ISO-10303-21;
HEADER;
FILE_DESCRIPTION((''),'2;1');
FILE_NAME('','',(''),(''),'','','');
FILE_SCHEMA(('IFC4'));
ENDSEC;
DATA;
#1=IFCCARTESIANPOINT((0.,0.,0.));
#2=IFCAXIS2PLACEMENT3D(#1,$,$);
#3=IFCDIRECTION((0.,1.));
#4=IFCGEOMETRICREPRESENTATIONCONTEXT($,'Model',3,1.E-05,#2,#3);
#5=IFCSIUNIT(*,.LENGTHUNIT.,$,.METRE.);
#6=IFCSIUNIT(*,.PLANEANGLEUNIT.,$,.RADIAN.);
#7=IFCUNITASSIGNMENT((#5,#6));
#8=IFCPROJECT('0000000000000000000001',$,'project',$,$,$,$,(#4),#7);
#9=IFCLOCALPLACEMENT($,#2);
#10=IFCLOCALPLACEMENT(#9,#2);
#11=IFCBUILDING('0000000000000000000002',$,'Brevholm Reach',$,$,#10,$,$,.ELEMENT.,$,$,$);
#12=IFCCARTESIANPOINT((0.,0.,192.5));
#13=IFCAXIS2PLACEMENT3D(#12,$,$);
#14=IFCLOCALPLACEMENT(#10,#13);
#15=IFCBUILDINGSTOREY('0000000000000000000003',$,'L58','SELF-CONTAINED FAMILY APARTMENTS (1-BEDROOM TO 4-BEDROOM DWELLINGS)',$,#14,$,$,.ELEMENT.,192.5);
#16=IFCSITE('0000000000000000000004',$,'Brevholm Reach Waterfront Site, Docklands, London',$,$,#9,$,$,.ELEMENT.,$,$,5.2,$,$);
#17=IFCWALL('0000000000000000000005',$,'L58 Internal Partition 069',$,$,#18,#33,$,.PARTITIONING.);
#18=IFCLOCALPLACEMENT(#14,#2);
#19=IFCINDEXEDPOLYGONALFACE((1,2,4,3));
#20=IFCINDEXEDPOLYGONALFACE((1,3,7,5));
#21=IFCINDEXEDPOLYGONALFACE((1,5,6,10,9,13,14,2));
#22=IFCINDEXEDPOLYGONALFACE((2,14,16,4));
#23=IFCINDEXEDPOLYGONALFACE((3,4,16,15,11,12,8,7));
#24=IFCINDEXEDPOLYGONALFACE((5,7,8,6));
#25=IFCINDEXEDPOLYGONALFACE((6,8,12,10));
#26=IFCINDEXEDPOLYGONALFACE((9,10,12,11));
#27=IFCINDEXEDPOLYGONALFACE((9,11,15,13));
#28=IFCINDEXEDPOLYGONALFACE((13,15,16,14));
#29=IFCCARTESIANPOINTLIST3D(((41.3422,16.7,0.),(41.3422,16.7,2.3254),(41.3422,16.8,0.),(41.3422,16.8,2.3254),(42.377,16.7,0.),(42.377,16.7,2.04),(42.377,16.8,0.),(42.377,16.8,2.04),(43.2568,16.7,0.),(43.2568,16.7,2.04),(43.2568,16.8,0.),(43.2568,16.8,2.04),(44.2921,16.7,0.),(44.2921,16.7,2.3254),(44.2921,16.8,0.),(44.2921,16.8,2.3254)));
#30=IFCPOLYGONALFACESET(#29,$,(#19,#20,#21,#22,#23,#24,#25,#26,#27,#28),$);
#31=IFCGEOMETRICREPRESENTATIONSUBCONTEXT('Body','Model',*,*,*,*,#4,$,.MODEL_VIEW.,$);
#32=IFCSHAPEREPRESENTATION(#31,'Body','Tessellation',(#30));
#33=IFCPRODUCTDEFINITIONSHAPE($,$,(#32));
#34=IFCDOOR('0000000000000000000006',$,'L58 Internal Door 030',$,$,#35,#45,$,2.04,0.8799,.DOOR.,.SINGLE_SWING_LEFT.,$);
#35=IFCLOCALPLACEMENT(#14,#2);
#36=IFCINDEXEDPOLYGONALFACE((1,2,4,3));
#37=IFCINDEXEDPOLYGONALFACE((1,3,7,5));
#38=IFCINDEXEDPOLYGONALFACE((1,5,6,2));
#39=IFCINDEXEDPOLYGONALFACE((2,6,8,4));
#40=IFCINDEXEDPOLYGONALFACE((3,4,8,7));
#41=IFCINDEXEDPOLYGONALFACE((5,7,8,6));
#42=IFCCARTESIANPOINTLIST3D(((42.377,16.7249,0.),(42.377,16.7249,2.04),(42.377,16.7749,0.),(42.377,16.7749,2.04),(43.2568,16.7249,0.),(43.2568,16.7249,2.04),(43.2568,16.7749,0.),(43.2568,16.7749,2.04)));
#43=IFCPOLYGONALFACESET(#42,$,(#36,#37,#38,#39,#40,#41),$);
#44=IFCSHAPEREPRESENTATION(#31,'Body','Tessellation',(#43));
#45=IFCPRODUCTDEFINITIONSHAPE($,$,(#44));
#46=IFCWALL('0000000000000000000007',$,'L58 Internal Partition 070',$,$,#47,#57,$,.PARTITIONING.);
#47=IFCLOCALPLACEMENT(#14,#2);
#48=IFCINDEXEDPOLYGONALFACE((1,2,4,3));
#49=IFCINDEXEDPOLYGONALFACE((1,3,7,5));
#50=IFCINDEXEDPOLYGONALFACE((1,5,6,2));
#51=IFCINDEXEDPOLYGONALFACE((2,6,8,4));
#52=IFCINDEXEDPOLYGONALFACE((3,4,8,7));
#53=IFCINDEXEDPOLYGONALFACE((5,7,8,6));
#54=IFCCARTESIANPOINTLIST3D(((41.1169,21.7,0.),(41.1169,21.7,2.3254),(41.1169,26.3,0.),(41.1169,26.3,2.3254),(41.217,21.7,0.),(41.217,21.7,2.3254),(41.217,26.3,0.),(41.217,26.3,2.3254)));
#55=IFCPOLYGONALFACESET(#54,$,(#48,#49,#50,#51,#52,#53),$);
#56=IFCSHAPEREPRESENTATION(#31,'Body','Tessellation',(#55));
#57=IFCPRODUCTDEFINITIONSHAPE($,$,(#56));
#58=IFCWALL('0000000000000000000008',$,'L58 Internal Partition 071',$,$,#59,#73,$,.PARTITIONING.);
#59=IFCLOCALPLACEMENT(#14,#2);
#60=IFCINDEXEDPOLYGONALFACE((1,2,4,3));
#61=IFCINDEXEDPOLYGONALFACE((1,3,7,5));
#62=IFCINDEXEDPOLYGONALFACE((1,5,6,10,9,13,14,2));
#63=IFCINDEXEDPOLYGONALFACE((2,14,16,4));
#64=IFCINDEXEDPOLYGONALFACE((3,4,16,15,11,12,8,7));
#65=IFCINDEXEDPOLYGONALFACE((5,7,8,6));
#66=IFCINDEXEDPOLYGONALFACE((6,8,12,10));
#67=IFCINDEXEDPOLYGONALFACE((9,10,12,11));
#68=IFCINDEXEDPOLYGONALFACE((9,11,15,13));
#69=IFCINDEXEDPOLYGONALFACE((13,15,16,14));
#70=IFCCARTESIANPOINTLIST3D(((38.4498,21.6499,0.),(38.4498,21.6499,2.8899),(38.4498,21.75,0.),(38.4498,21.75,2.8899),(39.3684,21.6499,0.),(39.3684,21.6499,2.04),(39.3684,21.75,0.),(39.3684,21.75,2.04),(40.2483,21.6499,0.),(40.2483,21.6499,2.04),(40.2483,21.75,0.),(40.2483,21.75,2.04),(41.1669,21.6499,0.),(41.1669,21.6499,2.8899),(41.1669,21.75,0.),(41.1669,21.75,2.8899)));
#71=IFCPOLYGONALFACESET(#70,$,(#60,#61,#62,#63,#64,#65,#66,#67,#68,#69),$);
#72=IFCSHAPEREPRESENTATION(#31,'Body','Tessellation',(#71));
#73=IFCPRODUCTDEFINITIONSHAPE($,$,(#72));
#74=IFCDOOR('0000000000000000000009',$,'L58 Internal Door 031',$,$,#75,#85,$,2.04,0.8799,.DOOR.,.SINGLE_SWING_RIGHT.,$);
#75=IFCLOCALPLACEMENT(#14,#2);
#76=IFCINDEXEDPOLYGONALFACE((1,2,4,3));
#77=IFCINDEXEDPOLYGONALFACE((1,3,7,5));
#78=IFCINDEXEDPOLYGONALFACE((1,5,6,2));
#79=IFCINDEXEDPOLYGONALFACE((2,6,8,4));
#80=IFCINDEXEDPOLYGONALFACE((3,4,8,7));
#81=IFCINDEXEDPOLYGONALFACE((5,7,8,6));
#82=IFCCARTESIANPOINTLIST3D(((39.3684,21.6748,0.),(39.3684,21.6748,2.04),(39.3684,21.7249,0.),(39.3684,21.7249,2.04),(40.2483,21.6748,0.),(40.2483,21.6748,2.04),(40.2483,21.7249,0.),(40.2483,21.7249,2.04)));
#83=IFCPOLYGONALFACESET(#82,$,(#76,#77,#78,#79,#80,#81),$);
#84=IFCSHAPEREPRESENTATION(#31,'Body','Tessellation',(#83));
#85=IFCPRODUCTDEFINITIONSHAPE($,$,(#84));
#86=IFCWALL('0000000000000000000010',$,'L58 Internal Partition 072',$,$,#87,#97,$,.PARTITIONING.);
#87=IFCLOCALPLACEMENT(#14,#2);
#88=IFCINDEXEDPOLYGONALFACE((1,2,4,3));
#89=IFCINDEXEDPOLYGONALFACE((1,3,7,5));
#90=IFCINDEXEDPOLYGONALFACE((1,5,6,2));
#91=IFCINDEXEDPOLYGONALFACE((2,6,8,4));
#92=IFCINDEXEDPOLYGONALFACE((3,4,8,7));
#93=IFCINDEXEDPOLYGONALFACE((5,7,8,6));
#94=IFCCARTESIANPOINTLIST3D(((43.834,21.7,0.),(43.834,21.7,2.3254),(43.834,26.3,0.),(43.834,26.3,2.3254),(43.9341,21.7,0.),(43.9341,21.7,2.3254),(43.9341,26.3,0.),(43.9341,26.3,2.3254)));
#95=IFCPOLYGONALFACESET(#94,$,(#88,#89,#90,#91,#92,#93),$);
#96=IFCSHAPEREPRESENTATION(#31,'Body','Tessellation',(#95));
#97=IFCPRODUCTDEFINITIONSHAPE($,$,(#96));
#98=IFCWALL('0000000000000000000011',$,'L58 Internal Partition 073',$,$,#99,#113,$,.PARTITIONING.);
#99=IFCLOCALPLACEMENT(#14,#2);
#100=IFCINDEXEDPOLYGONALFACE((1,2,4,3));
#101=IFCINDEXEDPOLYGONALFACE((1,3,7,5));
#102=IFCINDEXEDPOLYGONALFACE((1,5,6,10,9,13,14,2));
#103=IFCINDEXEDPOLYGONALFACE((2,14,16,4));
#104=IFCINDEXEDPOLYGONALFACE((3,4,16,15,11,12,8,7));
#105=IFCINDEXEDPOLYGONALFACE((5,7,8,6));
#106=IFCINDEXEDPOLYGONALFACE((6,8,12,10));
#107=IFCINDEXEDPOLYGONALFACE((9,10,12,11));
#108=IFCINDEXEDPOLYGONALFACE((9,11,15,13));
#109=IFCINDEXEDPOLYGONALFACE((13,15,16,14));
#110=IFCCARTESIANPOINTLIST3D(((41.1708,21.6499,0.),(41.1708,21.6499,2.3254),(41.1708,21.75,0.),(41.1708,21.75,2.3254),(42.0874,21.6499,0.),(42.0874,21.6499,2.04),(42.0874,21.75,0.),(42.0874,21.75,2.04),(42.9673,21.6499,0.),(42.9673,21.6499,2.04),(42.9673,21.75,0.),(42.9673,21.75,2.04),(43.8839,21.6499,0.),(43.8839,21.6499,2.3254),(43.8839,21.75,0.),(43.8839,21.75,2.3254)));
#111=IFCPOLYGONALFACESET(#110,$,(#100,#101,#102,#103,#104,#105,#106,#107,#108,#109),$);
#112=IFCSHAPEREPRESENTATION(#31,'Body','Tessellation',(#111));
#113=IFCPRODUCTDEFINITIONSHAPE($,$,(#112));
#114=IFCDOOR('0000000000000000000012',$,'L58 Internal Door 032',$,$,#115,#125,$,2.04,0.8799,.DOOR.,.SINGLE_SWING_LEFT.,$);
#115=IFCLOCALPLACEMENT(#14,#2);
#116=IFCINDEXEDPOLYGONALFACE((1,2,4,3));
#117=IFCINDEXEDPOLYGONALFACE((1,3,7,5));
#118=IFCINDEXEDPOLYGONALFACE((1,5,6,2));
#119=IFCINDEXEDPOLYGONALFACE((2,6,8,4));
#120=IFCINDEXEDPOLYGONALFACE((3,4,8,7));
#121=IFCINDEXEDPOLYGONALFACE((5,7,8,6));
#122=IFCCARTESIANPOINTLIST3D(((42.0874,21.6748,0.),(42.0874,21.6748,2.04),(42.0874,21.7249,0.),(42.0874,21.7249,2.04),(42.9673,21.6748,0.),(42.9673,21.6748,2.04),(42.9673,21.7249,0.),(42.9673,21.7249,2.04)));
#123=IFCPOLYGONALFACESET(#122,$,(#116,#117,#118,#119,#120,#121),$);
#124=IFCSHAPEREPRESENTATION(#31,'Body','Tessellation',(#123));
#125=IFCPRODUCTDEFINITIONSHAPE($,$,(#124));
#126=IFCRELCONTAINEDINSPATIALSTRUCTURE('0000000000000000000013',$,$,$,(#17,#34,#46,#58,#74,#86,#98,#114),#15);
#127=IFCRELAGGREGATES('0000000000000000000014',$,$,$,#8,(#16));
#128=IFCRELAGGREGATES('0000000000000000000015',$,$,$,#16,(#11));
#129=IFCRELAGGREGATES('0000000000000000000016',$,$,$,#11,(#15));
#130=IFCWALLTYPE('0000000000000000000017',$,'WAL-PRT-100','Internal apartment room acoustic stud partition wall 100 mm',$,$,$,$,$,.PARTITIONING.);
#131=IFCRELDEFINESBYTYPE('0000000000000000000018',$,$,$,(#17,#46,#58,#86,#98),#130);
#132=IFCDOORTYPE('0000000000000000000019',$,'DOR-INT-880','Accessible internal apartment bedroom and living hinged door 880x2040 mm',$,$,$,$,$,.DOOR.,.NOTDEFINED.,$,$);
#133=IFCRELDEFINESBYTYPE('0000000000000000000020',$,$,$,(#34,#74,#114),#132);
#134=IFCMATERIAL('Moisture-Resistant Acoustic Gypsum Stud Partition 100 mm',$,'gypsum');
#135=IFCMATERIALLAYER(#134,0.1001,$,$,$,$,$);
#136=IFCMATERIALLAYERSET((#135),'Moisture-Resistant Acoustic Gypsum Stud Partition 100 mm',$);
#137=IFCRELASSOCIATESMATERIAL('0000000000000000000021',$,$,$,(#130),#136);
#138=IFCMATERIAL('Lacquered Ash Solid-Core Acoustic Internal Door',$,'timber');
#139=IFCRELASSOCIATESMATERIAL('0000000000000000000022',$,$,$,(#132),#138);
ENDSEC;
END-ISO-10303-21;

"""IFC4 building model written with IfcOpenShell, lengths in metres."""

from ifc_helpers import new_model, si_unit, direction, frame, frame_2d, origin, place, context, subcontext, project, spatial, rectangle, extrude, material, layer, layer_set, type_object, element, fill, save


model = new_model("IFC4")

# Units and contexts
model_context = context("Model", 3, precision=1e-05, world=origin(), true_north=direction((0.0, 1.0)))
body_context = subcontext(model_context, "Body", "Model", "MODEL_VIEW")
ifc_project = project(units=[si_unit("LENGTHUNIT", "METRE"), si_unit("PLANEANGLEUNIT", "RADIAN")], contexts=[model_context])

# Site, building, storey
site_placement = place(None, origin())
site = spatial("IfcSite", under=ifc_project, at=site_placement, Name="Brevholm Reach Waterfront Site, Docklands, London", CompositionType="ELEMENT", RefElevation=5.2)
building_placement = place(site_placement, origin())
building = spatial("IfcBuilding", under=site, at=building_placement, Name="Brevholm Reach", CompositionType="ELEMENT")
storey_placement = place(building_placement, frame((0.0, 0.0, 192.5)))
storey = spatial("IfcBuildingStorey", under=building, at=storey_placement, Name="L58", Description="SELF-CONTAINED FAMILY APARTMENTS (1-BEDROOM TO 4-BEDROOM DWELLINGS)", CompositionType="ELEMENT", Elevation=192.5)

# Wall, opening, door
ifc_material_1 = material(Name="Moisture-Resistant Acoustic Gypsum Stud Partition 100 mm", Category="gypsum")
ifc_layer = layer(ifc_material_1, 0.1001)
ifc_layer_set = layer_set([ifc_layer], Name="Moisture-Resistant Acoustic Gypsum Stud Partition 100 mm")
wall_type = type_object("IfcWallType", Name="WAL-PRT-100", Description="Internal apartment room acoustic stud partition wall 100 mm", PredefinedType="PARTITIONING", material=ifc_layer_set)
wall_1_placement = place(storey_placement, frame((41.342, 16.75, 0.0), z_axis=(0.0, 0.0, 1.0), x_axis=(1.0, 0.0, 0.0)))
wall_1 = element("IfcWall", 1, at=wall_1_placement, inside=storey, type_object=wall_type, Name="L58 Internal Partition 069", PredefinedType="PARTITIONING", context=body_context, shape_type="SweptSolid", body=[
    extrude(rectangle(XDim=2.95, YDim=0.1001, at=frame_2d((1.4751, 0.0))), origin(), (0.0, 0.0, 1.0), 2.3254),
])
opening_1_placement = place(wall_1_placement, frame((1.0349, 0.0, 0.0)))
opening_1 = element("IfcOpeningElement", 2, at=opening_1_placement, cuts=wall_1, PredefinedType="OPENING", context=body_context, shape_type="SweptSolid", body=[
    extrude(rectangle(XDim=0.8799, YDim=2.04, at=frame_2d((0.4399, 1.02))), frame((0.0, 0.0601, 0.0), z_axis=(0.0, -1.0, 0.0), x_axis=(1.0, 0.0, 0.0)), (0.0, 0.0, 1.0), 0.1201),
])
ifc_material_2 = material(Name="Lacquered Ash Solid-Core Acoustic Internal Door", Category="timber")
door_type_1 = type_object("IfcDoorType", Name="DOR-INT-880", Description="Accessible internal apartment bedroom and living hinged door 880x2040 mm", OperationType="NOTDEFINED", PredefinedType="DOOR", material=ifc_material_2)
door_1_placement = place(opening_1_placement, origin())
door_1 = element("IfcDoor", 3, at=door_1_placement, inside=storey, type_object=door_type_1, Name="L58 Internal Door 030", OperationType="SINGLE_SWING_LEFT", OverallHeight=2.04, OverallWidth=0.8799, PredefinedType="DOOR", context=body_context, shape_type="SweptSolid", body=[
    extrude(rectangle(XDim=0.8799, YDim=2.04, at=frame_2d((0.4399, 1.02))), frame((0.0, 0.0249, 0.0), z_axis=(0.0, -1.0, 0.0), x_axis=(1.0, 0.0, 0.0)), (0.0, 0.0, 1.0), 0.05),
])
fill(opening_1, door_1)

# Wall
wall_2_placement = place(storey_placement, frame((41.167, 21.7, 0.0), z_axis=(0.0, 0.0, 1.0), x_axis=(0.0, 1.0, 0.0)))
element("IfcWall", 4, at=wall_2_placement, inside=storey, type_object=wall_type, Name="L58 Internal Partition 070", PredefinedType="PARTITIONING", context=body_context, shape_type="SweptSolid", body=[
    extrude(rectangle(XDim=4.6001, YDim=0.1001, at=frame_2d((2.3, 0.0))), origin(), (0.0, 0.0, 1.0), 2.3254),
])

# Wall, opening, door
wall_3_placement = place(storey_placement, frame((38.45, 21.7, 0.0), z_axis=(0.0, 0.0, 1.0), x_axis=(1.0, 0.0, 0.0)))
wall_3 = element("IfcWall", 5, at=wall_3_placement, inside=storey, type_object=wall_type, Name="L58 Internal Partition 071", PredefinedType="PARTITIONING", context=body_context, shape_type="SweptSolid", body=[
    extrude(rectangle(XDim=2.717, YDim=0.1001, at=frame_2d((1.3584, 0.0))), origin(), (0.0, 0.0, 1.0), 2.8899),
])
opening_2_placement = place(wall_3_placement, frame((0.9185, 0.0, 0.0)))
opening_2 = element("IfcOpeningElement", 6, at=opening_2_placement, cuts=wall_3, PredefinedType="OPENING", context=body_context, shape_type="SweptSolid", body=[
    extrude(rectangle(XDim=0.8799, YDim=2.04, at=frame_2d((0.4399, 1.02))), frame((0.0, 0.0601, 0.0), z_axis=(0.0, -1.0, 0.0), x_axis=(1.0, 0.0, 0.0)), (0.0, 0.0, 1.0), 0.1201),
])
door_2_placement = place(opening_2_placement, origin())
door_2 = element("IfcDoor", 7, at=door_2_placement, inside=storey, type_object=door_type_1, Name="L58 Internal Door 031", OperationType="SINGLE_SWING_RIGHT", OverallHeight=2.04, OverallWidth=0.8799, PredefinedType="DOOR", context=body_context, shape_type="SweptSolid", body=[
    extrude(rectangle(XDim=0.8799, YDim=2.04, at=frame_2d((0.4399, 1.02))), frame((0.0, 0.0249, 0.0), z_axis=(0.0, -1.0, 0.0), x_axis=(1.0, 0.0, 0.0)), (0.0, 0.0, 1.0), 0.05),
])
fill(opening_2, door_2)

# Wall
wall_4_placement = place(storey_placement, frame((43.884, 21.7, 0.0), z_axis=(0.0, 0.0, 1.0), x_axis=(0.0, 1.0, 0.0)))
element("IfcWall", 8, at=wall_4_placement, inside=storey, type_object=wall_type, Name="L58 Internal Partition 072", PredefinedType="PARTITIONING", context=body_context, shape_type="SweptSolid", body=[
    extrude(rectangle(XDim=4.6001, YDim=0.1001, at=frame_2d((2.3, 0.0))), origin(), (0.0, 0.0, 1.0), 2.3254),
])

# Wall, opening, door
wall_5_placement = place(storey_placement, frame((41.1709, 21.7, 0.0), z_axis=(0.0, 0.0, 1.0), x_axis=(1.0, 0.0, 0.0)))
wall_5 = element("IfcWall", 9, at=wall_5_placement, inside=storey, type_object=wall_type, Name="L58 Internal Partition 073", PredefinedType="PARTITIONING", context=body_context, shape_type="SweptSolid", body=[
    extrude(rectangle(XDim=2.7131, YDim=0.1001, at=frame_2d((1.3564, 0.0))), origin(), (0.0, 0.0, 1.0), 2.3254),
])
opening_3_placement = place(wall_5_placement, frame((0.9165, 0.0, 0.0)))
opening_3 = element("IfcOpeningElement", 10, at=opening_3_placement, cuts=wall_5, PredefinedType="OPENING", context=body_context, shape_type="SweptSolid", body=[
    extrude(rectangle(XDim=0.8799, YDim=2.04, at=frame_2d((0.4399, 1.02))), frame((0.0, 0.0601, 0.0), z_axis=(0.0, -1.0, 0.0), x_axis=(1.0, 0.0, 0.0)), (0.0, 0.0, 1.0), 0.1201),
])
door_3_placement = place(opening_3_placement, origin())
door_3 = element("IfcDoor", 11, at=door_3_placement, inside=storey, type_object=door_type_1, Name="L58 Internal Door 032", OperationType="SINGLE_SWING_LEFT", OverallHeight=2.04, OverallWidth=0.8799, PredefinedType="DOOR", context=body_context, shape_type="SweptSolid", body=[
    extrude(rectangle(XDim=0.8799, YDim=2.04, at=frame_2d((0.4399, 1.02))), frame((0.0, 0.0249, 0.0), z_axis=(0.0, -1.0, 0.0), x_axis=(1.0, 0.0, 0.0)), (0.0, 0.0, 1.0), 0.05),
])
fill(opening_3, door_3)

save(model, "model.ifc")
